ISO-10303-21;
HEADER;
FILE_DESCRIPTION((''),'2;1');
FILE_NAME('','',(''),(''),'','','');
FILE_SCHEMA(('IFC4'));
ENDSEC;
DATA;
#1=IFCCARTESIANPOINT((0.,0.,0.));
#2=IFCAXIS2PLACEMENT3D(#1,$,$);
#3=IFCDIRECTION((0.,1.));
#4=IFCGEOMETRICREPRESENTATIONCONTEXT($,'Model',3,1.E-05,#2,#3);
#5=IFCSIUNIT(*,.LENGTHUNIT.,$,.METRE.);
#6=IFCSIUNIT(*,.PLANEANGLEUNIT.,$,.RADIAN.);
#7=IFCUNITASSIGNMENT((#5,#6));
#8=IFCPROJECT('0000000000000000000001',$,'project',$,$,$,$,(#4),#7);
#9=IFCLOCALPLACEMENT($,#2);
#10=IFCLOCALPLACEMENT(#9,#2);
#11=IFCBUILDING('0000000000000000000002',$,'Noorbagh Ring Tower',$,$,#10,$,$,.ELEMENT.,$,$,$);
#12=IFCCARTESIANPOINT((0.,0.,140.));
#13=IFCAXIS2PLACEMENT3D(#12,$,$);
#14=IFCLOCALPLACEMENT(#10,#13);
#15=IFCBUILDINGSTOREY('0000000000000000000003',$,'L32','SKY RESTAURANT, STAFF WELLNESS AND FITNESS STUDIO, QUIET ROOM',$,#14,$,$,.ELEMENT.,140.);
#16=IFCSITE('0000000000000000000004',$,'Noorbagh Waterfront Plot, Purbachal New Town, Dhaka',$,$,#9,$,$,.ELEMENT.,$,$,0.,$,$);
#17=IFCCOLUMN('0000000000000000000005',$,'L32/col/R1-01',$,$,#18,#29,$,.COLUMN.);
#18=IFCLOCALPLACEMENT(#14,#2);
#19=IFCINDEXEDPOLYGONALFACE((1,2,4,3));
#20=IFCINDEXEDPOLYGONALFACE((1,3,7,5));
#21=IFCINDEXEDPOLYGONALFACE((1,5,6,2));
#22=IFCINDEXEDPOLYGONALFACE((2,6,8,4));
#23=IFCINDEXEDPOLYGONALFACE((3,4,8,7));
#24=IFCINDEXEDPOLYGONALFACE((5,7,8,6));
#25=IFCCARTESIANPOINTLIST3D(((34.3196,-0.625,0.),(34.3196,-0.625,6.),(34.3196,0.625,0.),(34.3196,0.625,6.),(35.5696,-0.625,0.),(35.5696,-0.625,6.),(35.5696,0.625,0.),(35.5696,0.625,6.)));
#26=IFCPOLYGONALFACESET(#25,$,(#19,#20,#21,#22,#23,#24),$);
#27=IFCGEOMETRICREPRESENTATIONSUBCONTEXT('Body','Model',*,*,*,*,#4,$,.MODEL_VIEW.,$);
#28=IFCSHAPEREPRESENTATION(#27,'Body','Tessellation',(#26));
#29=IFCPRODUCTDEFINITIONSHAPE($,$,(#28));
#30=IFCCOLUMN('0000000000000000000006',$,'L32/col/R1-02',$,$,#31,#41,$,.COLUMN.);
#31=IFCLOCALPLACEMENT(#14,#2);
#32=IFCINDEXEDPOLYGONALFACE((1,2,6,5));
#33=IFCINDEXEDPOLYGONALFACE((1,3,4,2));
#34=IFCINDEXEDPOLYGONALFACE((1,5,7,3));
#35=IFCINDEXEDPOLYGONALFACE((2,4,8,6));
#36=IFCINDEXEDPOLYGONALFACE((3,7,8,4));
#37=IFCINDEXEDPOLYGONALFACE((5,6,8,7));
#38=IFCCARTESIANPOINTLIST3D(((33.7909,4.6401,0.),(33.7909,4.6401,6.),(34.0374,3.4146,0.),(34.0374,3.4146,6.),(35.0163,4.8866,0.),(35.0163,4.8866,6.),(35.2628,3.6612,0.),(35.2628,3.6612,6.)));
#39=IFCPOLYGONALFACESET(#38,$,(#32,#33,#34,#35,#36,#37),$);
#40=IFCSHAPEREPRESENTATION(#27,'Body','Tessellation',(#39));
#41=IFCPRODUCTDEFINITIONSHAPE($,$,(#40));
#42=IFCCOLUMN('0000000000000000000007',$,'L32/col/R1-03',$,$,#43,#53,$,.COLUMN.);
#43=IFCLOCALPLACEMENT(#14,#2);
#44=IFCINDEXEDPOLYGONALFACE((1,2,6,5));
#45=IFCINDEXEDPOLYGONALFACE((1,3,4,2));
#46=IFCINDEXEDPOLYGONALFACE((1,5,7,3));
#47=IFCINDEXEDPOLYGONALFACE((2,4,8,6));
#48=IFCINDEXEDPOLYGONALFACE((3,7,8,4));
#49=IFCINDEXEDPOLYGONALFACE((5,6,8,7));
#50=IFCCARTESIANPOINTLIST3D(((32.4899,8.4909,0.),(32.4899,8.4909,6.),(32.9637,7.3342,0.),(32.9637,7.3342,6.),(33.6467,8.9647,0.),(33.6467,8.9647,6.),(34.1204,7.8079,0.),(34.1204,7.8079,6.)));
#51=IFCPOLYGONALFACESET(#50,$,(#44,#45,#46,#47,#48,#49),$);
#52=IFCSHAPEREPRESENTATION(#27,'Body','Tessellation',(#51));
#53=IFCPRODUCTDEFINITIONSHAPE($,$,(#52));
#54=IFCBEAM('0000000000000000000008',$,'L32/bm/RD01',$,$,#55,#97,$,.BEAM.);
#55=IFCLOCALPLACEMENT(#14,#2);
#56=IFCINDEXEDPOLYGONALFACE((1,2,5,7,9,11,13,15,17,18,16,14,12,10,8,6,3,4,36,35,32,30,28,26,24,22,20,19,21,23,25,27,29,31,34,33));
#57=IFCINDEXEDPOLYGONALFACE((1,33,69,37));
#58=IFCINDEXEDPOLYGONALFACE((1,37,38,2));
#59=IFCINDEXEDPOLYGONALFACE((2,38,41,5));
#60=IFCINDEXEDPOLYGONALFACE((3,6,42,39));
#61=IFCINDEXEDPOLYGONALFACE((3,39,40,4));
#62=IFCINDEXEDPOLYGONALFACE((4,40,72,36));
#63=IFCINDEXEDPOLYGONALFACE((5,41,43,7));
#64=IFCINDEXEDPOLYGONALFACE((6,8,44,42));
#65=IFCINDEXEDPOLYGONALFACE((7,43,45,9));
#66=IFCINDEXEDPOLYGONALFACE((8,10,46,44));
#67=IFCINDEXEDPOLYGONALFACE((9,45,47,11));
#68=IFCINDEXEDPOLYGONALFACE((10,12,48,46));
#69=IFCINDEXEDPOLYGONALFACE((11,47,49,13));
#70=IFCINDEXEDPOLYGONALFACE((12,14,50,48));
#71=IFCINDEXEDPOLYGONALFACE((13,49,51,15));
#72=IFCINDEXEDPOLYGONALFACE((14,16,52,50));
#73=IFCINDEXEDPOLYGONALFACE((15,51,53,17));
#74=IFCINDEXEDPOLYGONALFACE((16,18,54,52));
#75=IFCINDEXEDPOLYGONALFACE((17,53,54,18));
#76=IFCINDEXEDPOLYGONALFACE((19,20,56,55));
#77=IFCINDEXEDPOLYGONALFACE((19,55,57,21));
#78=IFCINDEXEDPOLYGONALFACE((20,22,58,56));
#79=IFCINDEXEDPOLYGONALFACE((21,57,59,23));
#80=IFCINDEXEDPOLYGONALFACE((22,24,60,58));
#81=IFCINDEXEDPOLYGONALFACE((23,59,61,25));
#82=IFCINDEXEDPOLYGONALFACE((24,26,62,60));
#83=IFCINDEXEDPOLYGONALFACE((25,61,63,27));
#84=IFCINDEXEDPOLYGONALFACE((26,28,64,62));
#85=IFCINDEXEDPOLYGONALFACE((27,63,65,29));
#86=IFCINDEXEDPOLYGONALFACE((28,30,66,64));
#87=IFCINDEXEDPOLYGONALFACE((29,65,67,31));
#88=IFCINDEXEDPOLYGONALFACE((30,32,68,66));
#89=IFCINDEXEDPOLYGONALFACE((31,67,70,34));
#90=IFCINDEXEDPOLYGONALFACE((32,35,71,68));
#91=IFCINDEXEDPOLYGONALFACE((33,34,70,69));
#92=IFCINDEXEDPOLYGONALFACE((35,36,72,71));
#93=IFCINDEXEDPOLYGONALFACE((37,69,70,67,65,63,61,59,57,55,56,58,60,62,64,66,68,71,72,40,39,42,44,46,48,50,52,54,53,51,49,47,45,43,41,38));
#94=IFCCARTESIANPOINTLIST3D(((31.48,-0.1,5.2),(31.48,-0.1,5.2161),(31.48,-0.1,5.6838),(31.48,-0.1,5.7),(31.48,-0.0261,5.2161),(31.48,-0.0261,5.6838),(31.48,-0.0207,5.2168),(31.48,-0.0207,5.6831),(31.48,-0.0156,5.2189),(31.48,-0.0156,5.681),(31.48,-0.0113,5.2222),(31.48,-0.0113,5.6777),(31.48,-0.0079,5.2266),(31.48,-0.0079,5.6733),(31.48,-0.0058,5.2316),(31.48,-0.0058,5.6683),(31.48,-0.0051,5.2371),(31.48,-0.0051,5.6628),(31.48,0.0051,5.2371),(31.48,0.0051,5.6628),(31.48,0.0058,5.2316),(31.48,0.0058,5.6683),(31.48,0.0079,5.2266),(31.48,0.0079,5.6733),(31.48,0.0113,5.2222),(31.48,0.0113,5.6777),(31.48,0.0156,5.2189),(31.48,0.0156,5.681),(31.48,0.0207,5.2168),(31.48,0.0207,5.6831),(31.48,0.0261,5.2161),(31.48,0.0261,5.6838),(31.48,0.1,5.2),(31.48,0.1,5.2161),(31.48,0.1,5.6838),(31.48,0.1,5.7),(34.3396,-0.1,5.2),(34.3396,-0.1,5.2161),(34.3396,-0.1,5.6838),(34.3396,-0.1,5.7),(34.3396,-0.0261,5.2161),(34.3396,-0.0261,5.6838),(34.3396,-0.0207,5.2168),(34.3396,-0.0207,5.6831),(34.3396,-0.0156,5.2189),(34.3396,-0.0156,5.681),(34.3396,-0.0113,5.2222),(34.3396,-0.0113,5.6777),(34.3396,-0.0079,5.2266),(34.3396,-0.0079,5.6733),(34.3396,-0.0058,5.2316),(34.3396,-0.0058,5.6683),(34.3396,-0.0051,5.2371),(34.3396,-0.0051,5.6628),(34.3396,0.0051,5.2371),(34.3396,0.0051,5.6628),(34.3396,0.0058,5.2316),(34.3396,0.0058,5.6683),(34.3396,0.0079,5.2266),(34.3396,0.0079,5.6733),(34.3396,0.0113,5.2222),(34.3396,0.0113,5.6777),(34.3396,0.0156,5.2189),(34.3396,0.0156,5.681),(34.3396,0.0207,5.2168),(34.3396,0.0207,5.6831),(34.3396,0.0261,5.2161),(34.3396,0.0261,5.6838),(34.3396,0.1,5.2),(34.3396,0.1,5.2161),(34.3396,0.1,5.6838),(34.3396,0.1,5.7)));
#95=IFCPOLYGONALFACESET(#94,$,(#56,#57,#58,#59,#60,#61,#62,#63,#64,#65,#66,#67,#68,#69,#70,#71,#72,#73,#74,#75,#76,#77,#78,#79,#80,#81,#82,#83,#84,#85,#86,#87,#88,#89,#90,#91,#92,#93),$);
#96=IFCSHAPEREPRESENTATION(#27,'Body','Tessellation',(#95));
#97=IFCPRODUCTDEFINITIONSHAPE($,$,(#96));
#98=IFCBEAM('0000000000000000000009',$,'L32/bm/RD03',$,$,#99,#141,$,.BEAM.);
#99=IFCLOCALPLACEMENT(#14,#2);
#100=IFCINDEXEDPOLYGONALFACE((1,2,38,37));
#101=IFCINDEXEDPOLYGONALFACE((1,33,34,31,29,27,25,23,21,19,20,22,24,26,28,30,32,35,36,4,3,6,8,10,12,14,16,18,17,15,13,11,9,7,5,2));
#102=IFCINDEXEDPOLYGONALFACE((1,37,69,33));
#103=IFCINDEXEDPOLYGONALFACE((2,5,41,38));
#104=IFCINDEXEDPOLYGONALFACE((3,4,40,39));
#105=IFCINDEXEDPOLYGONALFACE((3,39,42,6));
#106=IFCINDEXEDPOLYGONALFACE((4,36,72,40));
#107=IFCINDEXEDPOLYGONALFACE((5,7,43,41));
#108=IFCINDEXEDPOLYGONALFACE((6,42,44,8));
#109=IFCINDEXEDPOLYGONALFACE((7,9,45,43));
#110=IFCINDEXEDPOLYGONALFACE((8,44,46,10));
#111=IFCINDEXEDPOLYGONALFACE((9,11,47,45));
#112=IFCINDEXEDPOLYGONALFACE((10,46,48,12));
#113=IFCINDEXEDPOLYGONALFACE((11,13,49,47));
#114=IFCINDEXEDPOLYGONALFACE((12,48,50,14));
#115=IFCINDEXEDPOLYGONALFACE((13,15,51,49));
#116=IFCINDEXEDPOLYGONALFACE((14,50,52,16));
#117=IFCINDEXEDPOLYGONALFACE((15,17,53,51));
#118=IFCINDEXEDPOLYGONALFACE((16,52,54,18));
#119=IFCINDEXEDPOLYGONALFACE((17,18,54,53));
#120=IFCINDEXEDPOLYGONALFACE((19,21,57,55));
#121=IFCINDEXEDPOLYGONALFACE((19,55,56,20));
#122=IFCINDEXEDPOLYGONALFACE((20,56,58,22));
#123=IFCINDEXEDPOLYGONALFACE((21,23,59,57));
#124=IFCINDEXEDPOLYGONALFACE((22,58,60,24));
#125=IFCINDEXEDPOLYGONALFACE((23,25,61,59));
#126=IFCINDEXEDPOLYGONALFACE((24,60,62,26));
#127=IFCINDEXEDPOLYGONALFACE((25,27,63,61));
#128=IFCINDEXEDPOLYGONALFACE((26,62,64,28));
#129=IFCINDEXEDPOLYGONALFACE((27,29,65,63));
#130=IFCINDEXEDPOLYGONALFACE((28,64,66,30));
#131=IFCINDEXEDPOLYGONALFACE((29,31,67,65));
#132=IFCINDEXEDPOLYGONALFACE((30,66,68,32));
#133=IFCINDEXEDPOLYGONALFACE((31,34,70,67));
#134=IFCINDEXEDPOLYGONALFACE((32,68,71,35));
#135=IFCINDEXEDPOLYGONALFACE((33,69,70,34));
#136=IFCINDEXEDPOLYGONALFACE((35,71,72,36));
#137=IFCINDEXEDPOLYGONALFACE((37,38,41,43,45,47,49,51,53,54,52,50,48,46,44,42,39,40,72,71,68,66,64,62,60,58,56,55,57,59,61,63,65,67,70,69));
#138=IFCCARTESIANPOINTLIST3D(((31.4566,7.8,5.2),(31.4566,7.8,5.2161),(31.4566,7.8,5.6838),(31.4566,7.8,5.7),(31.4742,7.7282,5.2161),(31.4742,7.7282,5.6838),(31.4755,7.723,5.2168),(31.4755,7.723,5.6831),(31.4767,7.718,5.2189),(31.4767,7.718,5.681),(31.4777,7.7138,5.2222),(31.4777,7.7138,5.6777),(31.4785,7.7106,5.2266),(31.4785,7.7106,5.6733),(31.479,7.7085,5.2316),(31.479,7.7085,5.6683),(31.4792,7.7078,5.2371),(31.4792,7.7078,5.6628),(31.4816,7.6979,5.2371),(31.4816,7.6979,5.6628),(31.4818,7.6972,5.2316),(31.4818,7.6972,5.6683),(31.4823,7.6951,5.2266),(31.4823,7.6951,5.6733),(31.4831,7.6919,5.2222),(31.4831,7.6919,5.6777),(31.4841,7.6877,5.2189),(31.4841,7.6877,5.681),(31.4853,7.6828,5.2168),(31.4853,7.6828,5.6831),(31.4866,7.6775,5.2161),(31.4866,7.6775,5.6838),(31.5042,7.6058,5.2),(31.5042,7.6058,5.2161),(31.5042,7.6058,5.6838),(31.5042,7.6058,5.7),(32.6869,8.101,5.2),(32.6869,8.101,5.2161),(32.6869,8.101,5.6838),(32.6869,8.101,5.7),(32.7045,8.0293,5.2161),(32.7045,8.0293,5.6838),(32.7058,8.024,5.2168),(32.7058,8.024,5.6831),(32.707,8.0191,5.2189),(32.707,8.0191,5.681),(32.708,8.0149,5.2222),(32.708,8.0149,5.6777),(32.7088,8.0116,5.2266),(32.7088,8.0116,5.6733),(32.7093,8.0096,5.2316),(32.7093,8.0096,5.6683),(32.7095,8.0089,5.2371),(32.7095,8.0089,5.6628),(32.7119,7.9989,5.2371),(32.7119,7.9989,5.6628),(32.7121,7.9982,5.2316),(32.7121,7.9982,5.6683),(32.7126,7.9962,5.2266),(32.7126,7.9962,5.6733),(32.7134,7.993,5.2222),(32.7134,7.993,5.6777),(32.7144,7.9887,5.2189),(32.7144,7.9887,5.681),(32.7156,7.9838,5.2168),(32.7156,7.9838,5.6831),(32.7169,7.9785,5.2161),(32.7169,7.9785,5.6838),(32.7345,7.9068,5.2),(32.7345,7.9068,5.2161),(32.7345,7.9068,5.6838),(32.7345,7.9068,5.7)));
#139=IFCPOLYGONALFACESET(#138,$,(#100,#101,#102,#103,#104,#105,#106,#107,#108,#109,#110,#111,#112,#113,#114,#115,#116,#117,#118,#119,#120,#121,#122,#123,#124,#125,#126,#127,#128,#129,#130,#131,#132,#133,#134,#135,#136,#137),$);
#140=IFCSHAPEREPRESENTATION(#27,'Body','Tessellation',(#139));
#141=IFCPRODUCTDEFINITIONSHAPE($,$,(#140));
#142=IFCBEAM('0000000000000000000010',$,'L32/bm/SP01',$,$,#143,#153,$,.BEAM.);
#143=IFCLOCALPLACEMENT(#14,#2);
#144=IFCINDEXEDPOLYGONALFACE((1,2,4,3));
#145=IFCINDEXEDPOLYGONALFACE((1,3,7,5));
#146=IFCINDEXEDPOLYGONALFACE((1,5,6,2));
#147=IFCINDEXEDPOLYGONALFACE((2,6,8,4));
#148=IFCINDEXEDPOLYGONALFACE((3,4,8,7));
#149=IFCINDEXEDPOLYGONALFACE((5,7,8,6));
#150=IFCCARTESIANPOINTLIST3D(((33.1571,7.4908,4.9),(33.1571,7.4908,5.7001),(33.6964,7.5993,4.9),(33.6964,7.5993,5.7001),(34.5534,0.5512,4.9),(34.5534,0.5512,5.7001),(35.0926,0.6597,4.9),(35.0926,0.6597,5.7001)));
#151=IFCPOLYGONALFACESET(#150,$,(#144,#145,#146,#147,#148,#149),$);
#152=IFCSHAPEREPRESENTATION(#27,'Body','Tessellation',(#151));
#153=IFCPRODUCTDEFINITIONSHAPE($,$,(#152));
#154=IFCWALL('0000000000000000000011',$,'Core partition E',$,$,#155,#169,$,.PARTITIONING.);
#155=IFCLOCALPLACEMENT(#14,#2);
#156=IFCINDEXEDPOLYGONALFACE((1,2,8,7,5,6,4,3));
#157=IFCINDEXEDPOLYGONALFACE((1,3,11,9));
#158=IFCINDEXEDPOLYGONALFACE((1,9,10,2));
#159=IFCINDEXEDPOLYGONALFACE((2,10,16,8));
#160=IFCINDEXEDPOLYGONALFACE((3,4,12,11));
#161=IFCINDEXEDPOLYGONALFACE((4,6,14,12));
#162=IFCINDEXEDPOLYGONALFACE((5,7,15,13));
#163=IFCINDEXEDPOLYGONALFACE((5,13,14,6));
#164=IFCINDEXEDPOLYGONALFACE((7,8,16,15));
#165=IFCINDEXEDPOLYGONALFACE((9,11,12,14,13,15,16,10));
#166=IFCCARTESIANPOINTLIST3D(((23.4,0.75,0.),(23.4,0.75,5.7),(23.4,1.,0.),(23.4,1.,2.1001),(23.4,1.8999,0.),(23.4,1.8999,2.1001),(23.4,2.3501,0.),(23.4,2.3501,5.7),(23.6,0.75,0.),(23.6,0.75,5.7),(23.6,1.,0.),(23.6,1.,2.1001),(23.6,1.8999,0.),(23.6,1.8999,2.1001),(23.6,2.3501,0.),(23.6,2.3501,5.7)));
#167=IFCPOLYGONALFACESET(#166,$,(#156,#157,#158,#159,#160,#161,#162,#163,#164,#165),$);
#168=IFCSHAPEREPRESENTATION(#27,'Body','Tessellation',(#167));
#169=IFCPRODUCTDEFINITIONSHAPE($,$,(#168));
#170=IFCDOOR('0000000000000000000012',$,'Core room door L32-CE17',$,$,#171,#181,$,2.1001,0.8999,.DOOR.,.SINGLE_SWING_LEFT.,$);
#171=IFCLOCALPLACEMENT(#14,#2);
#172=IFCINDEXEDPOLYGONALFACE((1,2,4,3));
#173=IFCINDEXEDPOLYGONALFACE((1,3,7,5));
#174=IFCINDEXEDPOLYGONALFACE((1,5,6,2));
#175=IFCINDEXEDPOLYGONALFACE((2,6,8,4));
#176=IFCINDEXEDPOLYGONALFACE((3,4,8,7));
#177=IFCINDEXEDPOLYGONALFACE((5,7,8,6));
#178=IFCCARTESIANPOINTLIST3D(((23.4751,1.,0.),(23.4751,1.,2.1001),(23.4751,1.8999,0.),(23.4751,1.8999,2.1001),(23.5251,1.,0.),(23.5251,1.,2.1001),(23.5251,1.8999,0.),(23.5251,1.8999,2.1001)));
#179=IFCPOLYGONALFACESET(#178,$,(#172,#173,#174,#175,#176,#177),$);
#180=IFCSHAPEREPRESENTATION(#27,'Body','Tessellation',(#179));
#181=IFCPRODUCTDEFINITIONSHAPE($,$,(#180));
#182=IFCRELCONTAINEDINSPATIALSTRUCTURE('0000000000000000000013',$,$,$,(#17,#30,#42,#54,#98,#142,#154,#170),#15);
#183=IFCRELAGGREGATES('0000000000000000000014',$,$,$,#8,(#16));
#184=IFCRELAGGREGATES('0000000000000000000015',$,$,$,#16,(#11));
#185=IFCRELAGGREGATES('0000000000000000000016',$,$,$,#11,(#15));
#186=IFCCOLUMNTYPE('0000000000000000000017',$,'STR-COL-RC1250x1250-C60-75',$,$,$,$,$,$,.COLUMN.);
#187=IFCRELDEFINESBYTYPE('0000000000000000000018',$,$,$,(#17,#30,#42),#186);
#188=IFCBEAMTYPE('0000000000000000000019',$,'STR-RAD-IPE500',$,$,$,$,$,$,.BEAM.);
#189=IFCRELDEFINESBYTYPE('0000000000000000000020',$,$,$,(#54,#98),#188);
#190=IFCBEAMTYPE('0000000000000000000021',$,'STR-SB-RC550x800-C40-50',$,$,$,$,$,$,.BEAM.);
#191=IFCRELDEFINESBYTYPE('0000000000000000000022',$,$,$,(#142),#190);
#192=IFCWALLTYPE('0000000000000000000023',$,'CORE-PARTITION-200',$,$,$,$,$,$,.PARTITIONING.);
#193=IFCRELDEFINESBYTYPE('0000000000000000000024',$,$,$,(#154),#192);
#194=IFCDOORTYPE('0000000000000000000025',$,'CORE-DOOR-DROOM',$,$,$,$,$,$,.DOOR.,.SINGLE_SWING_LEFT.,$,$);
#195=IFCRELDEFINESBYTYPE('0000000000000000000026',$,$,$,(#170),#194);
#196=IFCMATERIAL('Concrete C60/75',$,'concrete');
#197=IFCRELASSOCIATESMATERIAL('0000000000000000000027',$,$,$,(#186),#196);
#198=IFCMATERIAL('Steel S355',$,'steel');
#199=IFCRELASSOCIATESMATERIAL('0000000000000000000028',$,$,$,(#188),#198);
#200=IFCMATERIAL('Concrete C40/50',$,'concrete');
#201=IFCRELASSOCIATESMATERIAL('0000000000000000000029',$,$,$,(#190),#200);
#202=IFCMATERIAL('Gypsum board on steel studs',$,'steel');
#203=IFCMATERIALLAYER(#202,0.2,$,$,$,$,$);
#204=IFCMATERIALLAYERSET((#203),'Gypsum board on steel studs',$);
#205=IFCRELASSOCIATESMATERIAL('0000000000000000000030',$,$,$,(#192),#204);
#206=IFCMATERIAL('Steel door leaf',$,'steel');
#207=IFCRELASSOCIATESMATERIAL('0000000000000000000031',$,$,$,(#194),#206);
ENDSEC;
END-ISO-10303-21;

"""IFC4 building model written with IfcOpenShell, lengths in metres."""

from ifc_helpers import new_model, si_unit, direction, frame, frame_2d, origin, origin_2d, place, context, subcontext, project, spatial, rectangle, i_section, extrude, material, layer, layer_set, material_profile, profile_set, type_object, element, fill, save


model = new_model("IFC4")

# Units and contexts
model_context = context("Model", 3, precision=1e-05, world=origin(), true_north=direction((0.0, 1.0)))
body_context = subcontext(model_context, "Body", "Model", "MODEL_VIEW")
ifc_project = project(units=[si_unit("LENGTHUNIT", "METRE"), si_unit("PLANEANGLEUNIT", "RADIAN")], contexts=[model_context])

# Site, building, storey
site_placement = place(None, origin())
site = spatial("IfcSite", under=ifc_project, at=site_placement, Name="Noorbagh Waterfront Plot, Purbachal New Town, Dhaka", CompositionType="ELEMENT", RefElevation=0.0)
building_placement = place(site_placement, origin())
building = spatial("IfcBuilding", under=site, at=building_placement, Name="Noorbagh Ring Tower", CompositionType="ELEMENT")
storey_placement = place(building_placement, frame((0.0, 0.0, 140.0)))
storey = spatial("IfcBuildingStorey", under=building, at=storey_placement, Name="L32", Description="SKY RESTAURANT, STAFF WELLNESS AND FITNESS STUDIO, QUIET ROOM", CompositionType="ELEMENT", Elevation=140.0)

# Columns
ifc_material_1 = material(Name="Concrete C60/75", Category="concrete")
ifc_material_profile_1 = material_profile(ifc_material_1, rectangle(XDim=1.25, YDim=1.25, at=origin_2d()), Name="RC1250x1250")
ifc_profile_set_1 = profile_set([ifc_material_profile_1], Name="Concrete C60/75")
column_type = type_object("IfcColumnType", Name="STR-COL-RC1250x1250-C60-75", PredefinedType="COLUMN", material=ifc_profile_set_1)
for number, where, z_axis, x_axis, name in (
    (1, (34.9446, 0.0, 0.0), (0.0, 0.0, 1.0), (0.0, 1.0, 0.0), "L32/col/R1-01"),
    (2, (34.5269, 4.1506, 0.0), (0.0, 0.0, 1.0), (-0.19723, 0.980357, 0.0), "L32/col/R1-02"),
    (3, (33.3052, 8.1494, 0.0), (0.0, 0.0, 1.0), (-0.378989, 0.925401, 0.0), "L32/col/R1-03"),
):
    element("IfcColumn", number, at=place(storey_placement, frame(where, z_axis=z_axis, x_axis=x_axis)), inside=storey, type_object=column_type, Name=name, PredefinedType="COLUMN", context=body_context, shape_type="SweptSolid", body=[
        extrude(rectangle(XDim=1.25, YDim=1.25, at=origin_2d()), origin(), (0.0, 0.0, 1.0), 6.0),
    ])

# Beams
ifc_material_2 = material(Name="Steel S355", Category="steel")
ifc_material_profile_2 = material_profile(ifc_material_2, i_section(OverallWidth=0.2, OverallDepth=0.5, WebThickness=0.0103, FlangeThickness=0.0161, FilletRadius=0.021, at=origin_2d()), Name="IPE500")
ifc_profile_set_2 = profile_set([ifc_material_profile_2], Name="Steel S355")
beam_type_1 = type_object("IfcBeamType", Name="STR-RAD-IPE500", PredefinedType="BEAM", material=ifc_profile_set_2)
beam_1_placement = place(storey_placement, frame((34.3396, 0.0, 5.45), z_axis=(-1.0, 0.0, 0.0), x_axis=(0.0, -1.0, 0.0)))
element("IfcBeam", 4, at=beam_1_placement, inside=storey, type_object=beam_type_1, Name="L32/bm/RD01", PredefinedType="BEAM", context=body_context, shape_type="SweptSolid", body=[
    extrude(i_section(OverallWidth=0.2, OverallDepth=0.5, WebThickness=0.0103, FlangeThickness=0.0161, FilletRadius=0.021, at=origin_2d()), origin(), (0.0, 0.0, 1.0), 2.8596),
])
beam_2_placement = place(storey_placement, frame((32.7107, 8.0039, 5.45), z_axis=(-0.971344, -0.237679, 0.0), x_axis=(0.237679, -0.971344, 0.0)))
element("IfcBeam", 5, at=beam_2_placement, inside=storey, type_object=beam_type_1, Name="L32/bm/RD03", PredefinedType="BEAM", context=body_context, shape_type="SweptSolid", body=[
    extrude(i_section(OverallWidth=0.2, OverallDepth=0.5, WebThickness=0.0103, FlangeThickness=0.0161, FilletRadius=0.021, at=origin_2d()), origin(), (0.0, 0.0, 1.0), 1.2666),
])
ifc_material_3 = material(Name="Concrete C40/50", Category="concrete")
ifc_material_profile_3 = material_profile(ifc_material_3, rectangle(XDim=0.55, YDim=0.8, at=origin_2d()), Name="RC550x800")
ifc_profile_set_3 = profile_set([ifc_material_profile_3], Name="Concrete C40/50")
beam_type_2 = type_object("IfcBeamType", Name="STR-SB-RC550x800-C40-50", PredefinedType="BEAM", material=ifc_profile_set_3)
beam_3_placement = place(storey_placement, frame((34.823, 0.6055, 5.3), z_axis=(-0.19725, 0.980353, 0.0), x_axis=(-0.980353, -0.19725, 0.0)))
element("IfcBeam", 6, at=beam_3_placement, inside=storey, type_object=beam_type_2, Name="L32/bm/SP01", PredefinedType="BEAM", context=body_context, shape_type="SweptSolid", body=[
    extrude(rectangle(XDim=0.55, YDim=0.8, at=origin_2d()), origin(), (0.0, 0.0, 1.0), 7.0786),
])

# Wall, opening, door
ifc_material_4 = material(Name="Gypsum board on steel studs", Category="steel")
ifc_layer_1 = layer(ifc_material_4, 0.2)
ifc_layer_set_1 = layer_set([ifc_layer_1], Name="Gypsum board on steel studs")
wall_type_1 = type_object("IfcWallType", Name="CORE-PARTITION-200", PredefinedType="PARTITIONING", material=ifc_layer_set_1)
wall_1_placement = place(storey_placement, frame((23.5, 0.75, 0.0), z_axis=(0.0, 0.0, 1.0), x_axis=(0.0, 1.0, 0.0)))
wall_1 = element("IfcWall", 7, at=wall_1_placement, inside=storey, type_object=wall_type_1, Name="Core partition E", PredefinedType="PARTITIONING", context=body_context, shape_type="SweptSolid", body=[
    extrude(rectangle(XDim=1.6001, YDim=0.2, at=frame_2d((0.8, 0.0))), origin(), (0.0, 0.0, 1.0), 5.7),
])
opening_1_placement = place(wall_1_placement, frame((0.25, 0.0, 0.0)))
opening_1 = element("IfcOpeningElement", 8, at=opening_1_placement, cuts=wall_1, PredefinedType="OPENING", context=body_context, shape_type="SweptSolid", body=[
    extrude(rectangle(XDim=0.8999, YDim=2.1001, at=frame_2d((0.45, 1.05))), frame((0.0, 0.1099, 0.0), z_axis=(0.0, -1.0, 0.0), x_axis=(1.0, 0.0, 0.0)), (0.0, 0.0, 1.0), 0.22),
])
ifc_material_5 = material(Name="Steel door leaf", Category="steel")
door_type = type_object("IfcDoorType", Name="CORE-DOOR-DROOM", OperationType="SINGLE_SWING_LEFT", PredefinedType="DOOR", material=ifc_material_5)
door_1_placement = place(opening_1_placement, origin())
door_1 = element("IfcDoor", 9, at=door_1_placement, inside=storey, type_object=door_type, Name="Core room door L32-CE17", OperationType="SINGLE_SWING_LEFT", OverallHeight=2.1001, OverallWidth=0.8999, PredefinedType="DOOR", context=body_context, shape_type="SweptSolid", body=[
    extrude(rectangle(XDim=0.8999, YDim=2.1001, at=frame_2d((0.45, 1.05))), frame((0.0, 0.0249, 0.0), z_axis=(0.0, -1.0, 0.0), x_axis=(1.0, 0.0, 0.0)), (0.0, 0.0, 1.0), 0.05),
])
fill(opening_1, door_1)

save(model, "model.ifc")
